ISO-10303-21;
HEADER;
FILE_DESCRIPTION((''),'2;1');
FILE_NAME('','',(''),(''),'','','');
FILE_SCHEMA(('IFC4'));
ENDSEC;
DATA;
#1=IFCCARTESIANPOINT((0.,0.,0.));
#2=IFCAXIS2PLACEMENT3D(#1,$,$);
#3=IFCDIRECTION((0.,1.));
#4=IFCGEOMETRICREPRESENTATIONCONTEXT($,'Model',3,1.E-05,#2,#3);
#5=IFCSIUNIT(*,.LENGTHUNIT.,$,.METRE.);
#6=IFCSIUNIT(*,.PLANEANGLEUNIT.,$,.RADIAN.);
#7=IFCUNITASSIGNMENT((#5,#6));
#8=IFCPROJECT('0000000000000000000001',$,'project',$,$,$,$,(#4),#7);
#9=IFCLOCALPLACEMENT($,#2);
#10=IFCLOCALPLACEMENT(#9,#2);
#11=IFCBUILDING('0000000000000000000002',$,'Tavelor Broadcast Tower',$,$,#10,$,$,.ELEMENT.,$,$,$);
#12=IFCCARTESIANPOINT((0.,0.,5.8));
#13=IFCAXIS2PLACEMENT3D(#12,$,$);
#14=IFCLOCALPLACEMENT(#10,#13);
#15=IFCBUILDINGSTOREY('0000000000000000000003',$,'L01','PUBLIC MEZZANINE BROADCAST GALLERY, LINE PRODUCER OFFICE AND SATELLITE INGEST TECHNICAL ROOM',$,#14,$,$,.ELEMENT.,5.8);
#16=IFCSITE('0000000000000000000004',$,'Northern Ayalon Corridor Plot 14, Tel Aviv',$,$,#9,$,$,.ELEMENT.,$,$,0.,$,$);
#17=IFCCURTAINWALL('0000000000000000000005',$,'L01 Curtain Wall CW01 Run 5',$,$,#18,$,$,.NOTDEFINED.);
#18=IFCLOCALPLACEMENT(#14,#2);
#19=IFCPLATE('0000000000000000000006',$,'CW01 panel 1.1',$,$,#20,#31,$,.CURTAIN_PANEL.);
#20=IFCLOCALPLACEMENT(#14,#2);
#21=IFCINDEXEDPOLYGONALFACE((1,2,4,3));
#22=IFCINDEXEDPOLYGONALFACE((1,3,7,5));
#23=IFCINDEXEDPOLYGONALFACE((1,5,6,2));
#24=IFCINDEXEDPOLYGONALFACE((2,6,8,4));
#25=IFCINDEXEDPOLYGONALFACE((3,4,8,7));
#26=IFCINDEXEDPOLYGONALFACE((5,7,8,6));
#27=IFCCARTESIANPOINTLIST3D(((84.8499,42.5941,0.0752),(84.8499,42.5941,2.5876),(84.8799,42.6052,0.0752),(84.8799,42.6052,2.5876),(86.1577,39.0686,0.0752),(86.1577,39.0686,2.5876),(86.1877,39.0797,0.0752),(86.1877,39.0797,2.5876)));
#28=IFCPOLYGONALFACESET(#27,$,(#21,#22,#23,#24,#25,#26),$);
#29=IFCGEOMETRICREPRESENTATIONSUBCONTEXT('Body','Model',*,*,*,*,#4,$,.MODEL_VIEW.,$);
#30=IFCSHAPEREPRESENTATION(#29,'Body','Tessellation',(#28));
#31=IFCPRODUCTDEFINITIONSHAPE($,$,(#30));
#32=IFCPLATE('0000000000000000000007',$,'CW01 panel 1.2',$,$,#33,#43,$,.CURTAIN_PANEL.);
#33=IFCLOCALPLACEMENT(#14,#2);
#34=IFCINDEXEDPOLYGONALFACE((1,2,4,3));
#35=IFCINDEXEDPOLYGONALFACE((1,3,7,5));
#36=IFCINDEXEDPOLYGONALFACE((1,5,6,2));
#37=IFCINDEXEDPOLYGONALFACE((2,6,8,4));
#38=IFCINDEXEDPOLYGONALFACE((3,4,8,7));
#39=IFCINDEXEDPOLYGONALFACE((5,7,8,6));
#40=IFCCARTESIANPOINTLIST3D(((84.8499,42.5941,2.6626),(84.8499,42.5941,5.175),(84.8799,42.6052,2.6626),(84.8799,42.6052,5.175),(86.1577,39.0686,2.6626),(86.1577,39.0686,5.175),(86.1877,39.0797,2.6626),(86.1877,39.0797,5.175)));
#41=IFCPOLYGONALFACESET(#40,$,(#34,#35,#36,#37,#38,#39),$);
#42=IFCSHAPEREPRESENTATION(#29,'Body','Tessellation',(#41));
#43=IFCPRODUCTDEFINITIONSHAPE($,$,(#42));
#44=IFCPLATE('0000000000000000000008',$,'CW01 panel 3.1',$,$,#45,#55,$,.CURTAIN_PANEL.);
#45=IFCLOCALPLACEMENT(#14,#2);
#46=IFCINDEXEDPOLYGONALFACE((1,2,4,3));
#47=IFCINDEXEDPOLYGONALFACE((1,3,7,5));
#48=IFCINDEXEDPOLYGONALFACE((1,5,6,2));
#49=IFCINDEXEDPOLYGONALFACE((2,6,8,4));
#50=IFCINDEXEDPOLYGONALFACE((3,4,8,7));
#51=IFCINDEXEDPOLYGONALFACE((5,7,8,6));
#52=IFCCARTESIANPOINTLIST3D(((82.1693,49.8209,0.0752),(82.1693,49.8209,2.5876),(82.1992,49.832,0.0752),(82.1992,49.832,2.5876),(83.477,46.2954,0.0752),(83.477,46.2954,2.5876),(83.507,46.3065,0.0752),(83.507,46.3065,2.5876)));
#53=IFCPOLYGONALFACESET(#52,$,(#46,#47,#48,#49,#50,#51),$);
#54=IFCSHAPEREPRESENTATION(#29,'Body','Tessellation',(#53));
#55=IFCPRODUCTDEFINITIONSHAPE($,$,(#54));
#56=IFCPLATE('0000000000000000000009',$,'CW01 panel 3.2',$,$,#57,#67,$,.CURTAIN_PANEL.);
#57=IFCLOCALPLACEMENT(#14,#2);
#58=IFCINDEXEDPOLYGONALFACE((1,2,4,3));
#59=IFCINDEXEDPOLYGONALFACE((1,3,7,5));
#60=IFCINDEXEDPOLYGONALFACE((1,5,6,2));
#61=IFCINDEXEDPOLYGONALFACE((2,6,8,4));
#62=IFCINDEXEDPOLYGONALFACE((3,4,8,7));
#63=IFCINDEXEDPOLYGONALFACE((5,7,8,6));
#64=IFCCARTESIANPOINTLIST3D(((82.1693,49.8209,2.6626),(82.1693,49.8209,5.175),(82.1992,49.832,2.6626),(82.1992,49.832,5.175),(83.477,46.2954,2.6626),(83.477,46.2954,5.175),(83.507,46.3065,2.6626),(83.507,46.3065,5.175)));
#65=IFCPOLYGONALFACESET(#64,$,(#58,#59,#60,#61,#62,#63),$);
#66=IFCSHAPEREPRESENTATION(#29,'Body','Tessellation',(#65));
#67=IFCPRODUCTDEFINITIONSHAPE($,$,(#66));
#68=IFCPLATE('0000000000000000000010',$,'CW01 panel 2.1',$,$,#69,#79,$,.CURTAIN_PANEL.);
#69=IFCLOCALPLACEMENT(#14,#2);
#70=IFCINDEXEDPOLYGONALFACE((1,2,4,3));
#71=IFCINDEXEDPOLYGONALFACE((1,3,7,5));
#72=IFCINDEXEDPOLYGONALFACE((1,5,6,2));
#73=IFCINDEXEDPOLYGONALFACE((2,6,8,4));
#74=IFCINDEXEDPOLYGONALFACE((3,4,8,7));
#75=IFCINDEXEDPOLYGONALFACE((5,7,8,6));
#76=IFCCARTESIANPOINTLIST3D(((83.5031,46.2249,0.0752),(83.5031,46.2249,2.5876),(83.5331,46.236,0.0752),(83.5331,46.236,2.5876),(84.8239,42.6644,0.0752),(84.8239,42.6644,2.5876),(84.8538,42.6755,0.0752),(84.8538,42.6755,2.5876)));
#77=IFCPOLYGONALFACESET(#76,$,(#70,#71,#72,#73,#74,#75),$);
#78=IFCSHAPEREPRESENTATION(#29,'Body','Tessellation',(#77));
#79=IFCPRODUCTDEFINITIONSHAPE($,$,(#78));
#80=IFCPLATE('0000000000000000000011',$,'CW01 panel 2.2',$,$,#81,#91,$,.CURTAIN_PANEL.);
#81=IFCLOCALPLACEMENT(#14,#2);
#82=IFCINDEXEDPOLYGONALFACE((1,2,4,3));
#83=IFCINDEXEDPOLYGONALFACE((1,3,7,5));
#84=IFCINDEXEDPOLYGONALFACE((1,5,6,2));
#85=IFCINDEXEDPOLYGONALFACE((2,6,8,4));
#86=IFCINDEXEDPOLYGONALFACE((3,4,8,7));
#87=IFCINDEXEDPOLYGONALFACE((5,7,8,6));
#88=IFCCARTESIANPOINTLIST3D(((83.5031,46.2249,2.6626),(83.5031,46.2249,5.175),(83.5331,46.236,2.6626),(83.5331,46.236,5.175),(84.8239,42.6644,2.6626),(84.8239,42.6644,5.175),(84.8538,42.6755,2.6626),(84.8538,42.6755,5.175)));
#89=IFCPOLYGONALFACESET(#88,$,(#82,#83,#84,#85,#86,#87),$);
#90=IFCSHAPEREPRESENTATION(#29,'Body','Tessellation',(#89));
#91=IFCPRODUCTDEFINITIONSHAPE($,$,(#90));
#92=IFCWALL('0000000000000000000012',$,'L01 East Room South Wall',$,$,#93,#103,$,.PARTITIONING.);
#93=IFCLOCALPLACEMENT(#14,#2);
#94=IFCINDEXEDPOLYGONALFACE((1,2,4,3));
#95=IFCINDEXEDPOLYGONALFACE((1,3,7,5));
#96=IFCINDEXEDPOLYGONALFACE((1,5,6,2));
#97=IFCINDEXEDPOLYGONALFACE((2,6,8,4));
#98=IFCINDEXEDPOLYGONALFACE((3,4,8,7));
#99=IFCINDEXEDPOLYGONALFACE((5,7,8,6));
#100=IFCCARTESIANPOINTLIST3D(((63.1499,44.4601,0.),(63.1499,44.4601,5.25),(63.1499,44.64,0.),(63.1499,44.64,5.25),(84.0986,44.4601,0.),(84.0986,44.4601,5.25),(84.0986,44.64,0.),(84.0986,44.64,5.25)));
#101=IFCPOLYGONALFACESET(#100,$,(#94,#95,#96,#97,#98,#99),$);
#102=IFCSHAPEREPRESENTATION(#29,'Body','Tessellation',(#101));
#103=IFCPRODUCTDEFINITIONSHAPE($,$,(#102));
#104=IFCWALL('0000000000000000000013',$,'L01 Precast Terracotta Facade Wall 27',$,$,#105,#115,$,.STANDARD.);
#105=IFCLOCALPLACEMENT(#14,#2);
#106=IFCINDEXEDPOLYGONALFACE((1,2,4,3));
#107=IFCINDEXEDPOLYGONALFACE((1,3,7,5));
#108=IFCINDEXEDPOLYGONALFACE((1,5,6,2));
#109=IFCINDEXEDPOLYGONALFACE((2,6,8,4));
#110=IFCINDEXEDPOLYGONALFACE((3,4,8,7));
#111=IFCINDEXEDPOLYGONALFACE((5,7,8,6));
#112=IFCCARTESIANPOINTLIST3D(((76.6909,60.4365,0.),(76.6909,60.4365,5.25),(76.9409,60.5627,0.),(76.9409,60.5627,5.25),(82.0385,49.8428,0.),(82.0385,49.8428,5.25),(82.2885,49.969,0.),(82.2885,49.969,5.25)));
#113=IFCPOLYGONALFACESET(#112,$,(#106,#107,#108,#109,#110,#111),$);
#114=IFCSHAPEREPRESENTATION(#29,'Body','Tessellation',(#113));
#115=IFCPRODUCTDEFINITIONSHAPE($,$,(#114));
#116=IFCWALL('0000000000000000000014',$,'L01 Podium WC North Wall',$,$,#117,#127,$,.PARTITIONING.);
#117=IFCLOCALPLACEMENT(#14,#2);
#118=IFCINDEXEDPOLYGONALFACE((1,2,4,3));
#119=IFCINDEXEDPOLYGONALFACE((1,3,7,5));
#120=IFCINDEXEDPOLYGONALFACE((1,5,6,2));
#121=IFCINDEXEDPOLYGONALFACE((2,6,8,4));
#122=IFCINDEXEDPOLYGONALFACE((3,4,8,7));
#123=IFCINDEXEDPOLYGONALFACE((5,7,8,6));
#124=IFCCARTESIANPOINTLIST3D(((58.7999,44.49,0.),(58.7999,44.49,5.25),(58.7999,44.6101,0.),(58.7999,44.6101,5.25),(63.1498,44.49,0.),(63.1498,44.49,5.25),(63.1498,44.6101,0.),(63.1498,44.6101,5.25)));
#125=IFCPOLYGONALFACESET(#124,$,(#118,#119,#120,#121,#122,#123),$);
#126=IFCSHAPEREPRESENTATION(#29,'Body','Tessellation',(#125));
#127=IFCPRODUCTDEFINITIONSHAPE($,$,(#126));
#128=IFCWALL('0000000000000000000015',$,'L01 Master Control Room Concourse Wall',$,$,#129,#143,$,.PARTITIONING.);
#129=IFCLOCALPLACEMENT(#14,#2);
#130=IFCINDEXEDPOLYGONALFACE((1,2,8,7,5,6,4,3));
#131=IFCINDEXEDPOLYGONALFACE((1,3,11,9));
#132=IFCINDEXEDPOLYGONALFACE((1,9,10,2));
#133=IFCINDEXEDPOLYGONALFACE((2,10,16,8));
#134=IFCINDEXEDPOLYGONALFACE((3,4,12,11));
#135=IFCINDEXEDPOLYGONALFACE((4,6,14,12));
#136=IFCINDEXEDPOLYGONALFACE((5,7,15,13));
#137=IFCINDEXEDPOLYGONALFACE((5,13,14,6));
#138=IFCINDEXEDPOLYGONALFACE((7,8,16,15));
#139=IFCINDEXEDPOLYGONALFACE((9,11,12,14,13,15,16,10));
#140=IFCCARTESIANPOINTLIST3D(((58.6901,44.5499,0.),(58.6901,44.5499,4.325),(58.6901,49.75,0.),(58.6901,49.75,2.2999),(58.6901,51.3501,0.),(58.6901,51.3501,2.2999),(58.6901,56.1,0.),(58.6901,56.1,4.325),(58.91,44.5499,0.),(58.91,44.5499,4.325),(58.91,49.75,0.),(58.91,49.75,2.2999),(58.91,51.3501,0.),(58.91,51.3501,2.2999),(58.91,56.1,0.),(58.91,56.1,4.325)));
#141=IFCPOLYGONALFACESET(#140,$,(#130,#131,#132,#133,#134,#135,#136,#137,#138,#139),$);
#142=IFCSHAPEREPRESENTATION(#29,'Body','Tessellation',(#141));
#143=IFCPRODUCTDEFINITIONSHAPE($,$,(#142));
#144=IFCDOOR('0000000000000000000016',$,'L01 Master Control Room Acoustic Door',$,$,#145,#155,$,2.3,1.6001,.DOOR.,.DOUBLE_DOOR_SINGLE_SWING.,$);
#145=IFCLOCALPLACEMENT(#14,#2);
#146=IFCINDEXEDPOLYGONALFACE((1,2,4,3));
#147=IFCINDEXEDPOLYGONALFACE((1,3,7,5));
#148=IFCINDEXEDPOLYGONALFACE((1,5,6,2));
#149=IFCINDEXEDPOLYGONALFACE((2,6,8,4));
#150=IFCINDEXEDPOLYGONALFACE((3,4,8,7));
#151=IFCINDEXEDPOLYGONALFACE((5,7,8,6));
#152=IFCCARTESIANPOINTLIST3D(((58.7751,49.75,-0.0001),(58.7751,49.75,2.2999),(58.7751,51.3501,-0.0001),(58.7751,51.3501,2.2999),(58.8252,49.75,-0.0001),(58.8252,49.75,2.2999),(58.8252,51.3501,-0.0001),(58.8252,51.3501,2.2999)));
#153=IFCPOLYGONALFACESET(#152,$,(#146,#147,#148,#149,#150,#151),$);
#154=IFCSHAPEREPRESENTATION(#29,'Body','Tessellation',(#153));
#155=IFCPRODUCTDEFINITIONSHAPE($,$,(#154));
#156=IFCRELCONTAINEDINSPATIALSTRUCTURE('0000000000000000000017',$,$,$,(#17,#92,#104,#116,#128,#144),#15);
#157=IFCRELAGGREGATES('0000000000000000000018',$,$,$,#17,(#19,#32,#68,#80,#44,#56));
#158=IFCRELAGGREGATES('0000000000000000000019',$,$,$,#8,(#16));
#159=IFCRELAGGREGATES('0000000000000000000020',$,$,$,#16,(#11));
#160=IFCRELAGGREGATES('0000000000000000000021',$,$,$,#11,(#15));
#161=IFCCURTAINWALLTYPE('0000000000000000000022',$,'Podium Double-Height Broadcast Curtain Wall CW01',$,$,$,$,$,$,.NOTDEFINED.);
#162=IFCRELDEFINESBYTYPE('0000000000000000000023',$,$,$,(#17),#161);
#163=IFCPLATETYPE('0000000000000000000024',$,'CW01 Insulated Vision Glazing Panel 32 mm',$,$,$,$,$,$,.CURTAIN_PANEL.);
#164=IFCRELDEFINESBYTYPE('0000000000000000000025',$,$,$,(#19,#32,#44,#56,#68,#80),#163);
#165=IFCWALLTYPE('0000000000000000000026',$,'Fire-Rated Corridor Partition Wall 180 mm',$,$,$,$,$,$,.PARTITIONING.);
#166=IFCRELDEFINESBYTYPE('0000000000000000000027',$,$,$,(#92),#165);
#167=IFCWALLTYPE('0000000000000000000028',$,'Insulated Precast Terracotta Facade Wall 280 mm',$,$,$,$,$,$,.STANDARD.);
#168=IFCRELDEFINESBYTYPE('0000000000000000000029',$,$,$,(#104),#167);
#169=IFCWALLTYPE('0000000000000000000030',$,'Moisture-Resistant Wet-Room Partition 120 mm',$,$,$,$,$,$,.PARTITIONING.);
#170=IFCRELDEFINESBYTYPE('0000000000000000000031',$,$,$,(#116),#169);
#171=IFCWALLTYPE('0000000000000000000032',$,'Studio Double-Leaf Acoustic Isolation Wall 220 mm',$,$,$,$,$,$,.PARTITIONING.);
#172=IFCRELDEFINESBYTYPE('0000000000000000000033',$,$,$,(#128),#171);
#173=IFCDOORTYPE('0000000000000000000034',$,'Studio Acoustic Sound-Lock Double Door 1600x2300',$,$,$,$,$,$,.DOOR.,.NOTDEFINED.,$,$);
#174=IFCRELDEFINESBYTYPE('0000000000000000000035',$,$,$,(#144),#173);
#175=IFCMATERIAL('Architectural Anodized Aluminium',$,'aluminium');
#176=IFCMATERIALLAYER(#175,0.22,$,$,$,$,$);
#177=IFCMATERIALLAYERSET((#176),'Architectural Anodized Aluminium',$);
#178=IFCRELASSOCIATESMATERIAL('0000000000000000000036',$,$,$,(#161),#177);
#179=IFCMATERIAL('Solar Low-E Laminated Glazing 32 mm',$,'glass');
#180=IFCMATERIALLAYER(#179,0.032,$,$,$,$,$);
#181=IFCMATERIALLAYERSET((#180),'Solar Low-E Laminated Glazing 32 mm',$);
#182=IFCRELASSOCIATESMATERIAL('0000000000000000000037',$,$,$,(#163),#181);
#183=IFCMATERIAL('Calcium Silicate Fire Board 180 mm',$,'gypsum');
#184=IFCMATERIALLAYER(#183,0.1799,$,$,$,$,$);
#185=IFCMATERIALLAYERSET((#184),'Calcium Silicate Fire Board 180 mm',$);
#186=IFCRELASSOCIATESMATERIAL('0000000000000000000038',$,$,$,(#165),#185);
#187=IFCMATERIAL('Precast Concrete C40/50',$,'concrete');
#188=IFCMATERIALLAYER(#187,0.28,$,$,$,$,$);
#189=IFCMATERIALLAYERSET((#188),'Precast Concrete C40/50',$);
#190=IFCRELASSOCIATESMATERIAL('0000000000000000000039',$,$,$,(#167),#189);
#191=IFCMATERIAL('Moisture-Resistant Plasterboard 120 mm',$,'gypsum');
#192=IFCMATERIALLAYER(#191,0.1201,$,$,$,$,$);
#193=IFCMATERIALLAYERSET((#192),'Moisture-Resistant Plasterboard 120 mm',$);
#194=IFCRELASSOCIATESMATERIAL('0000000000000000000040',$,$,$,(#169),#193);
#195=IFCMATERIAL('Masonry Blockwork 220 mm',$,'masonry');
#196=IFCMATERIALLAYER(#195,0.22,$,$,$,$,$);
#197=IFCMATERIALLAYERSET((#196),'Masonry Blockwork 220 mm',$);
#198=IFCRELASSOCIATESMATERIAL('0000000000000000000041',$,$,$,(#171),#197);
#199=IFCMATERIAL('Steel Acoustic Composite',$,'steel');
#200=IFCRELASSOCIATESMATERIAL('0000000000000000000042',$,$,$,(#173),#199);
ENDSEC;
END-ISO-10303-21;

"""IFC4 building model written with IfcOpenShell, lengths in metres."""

from ifc_helpers import new_model, si_unit, direction, frame, frame_2d, origin, origin_2d, place, context, subcontext, project, spatial, rectangle, extrude, source, transform, mapped, material, layer, layer_set, type_object, type_shapes, element, fill, aggregate, save


model = new_model("IFC4")

# Units and contexts
model_context = context("Model", 3, precision=1e-05, world=origin(), true_north=direction((0.0, 1.0)))
body_context = subcontext(model_context, "Body", "Model", "MODEL_VIEW")
ifc_project = project(units=[si_unit("LENGTHUNIT", "METRE"), si_unit("PLANEANGLEUNIT", "RADIAN")], contexts=[model_context])

# Site, building, storey
site_placement = place(None, origin())
site = spatial("IfcSite", under=ifc_project, at=site_placement, Name="Northern Ayalon Corridor Plot 14, Tel Aviv", CompositionType="ELEMENT", RefElevation=0.0)
building_placement = place(site_placement, origin())
building = spatial("IfcBuilding", under=site, at=building_placement, Name="Tavelor Broadcast Tower", CompositionType="ELEMENT")
storey_placement = place(building_placement, frame((0.0, 0.0, 5.8)))
storey = spatial("IfcBuildingStorey", under=building, at=storey_placement, Name="L01", Description="PUBLIC MEZZANINE BROADCAST GALLERY, LINE PRODUCER OFFICE AND SATELLITE INGEST TECHNICAL ROOM", CompositionType="ELEMENT", Elevation=5.8)

# Curtain wall
ifc_material_1 = material(Name="Architectural Anodized Aluminium", Category="aluminium")
ifc_layer_1 = layer(ifc_material_1, 0.22)
ifc_layer_set_1 = layer_set([ifc_layer_1], Name="Architectural Anodized Aluminium")
curtain_wall_type = type_object("IfcCurtainWallType", Name="Podium Double-Height Broadcast Curtain Wall CW01", PredefinedType="NOTDEFINED", material=ifc_layer_set_1)
curtain_wall_placement = place(storey_placement, origin())
curtain_wall = element("IfcCurtainWall", 1, at=curtain_wall_placement, inside=storey, type_object=curtain_wall_type, Name="L01 Curtain Wall CW01 Run 5", PredefinedType="NOTDEFINED")

# Plates
ifc_material_2 = material(Name="Solar Low-E Laminated Glazing 32 mm", Category="glass")
ifc_layer_2 = layer(ifc_material_2, 0.032)
ifc_layer_set_2 = layer_set([ifc_layer_2], Name="Solar Low-E Laminated Glazing 32 mm")
plate_type_1 = type_object("IfcPlateType", Name="CW01 Insulated Vision Glazing Panel 32 mm", PredefinedType="CURTAIN_PANEL", material=ifc_layer_set_2)
shared_shape_1 = source(origin(), body_context, "Body", "SweptSolid", [
    extrude(rectangle(XDim=3.7603, YDim=0.032, at=origin_2d()), origin(), (0.0, 0.0, 1.0), 2.5125),
])
plate_1_placement = place(storey_placement, frame((85.5188, 40.8369, 0.0752), z_axis=(0.0, 0.0, 1.0), x_axis=(-0.347786, 0.937574, 0.0)))
plate_1 = element("IfcPlate", 2, at=plate_1_placement, type_object=plate_type_1, Name="CW01 panel 1.1", PredefinedType="CURTAIN_PANEL", context=body_context, shape_type="MappedRepresentation", body=[
    mapped(shared_shape_1, transform((0.0, 0.0, 0.0), scale=1.0)),
])
plate_2_placement = place(storey_placement, frame((85.5188, 40.8369, 2.6626), z_axis=(0.0, 0.0, 1.0), x_axis=(-0.347786, 0.937574, 0.0)))
plate_2 = element("IfcPlate", 3, at=plate_2_placement, type_object=plate_type_1, Name="CW01 panel 1.2", PredefinedType="CURTAIN_PANEL", context=body_context, shape_type="MappedRepresentation", body=[
    mapped(shared_shape_1, transform((0.0, 0.0, 0.0), scale=1.0)),
])
plate_3_placement = place(storey_placement, frame((82.8381, 48.0637, 0.0752), z_axis=(0.0, 0.0, 1.0), x_axis=(-0.347786, 0.937574, 0.0)))
plate_3 = element("IfcPlate", 4, at=plate_3_placement, type_object=plate_type_1, Name="CW01 panel 3.1", PredefinedType="CURTAIN_PANEL", context=body_context, shape_type="MappedRepresentation", body=[
    mapped(shared_shape_1, transform((0.0, 0.0, 0.0), scale=1.0)),
])
plate_4_placement = place(storey_placement, frame((82.8381, 48.0637, 2.6626), z_axis=(0.0, 0.0, 1.0), x_axis=(-0.347786, 0.937574, 0.0)))
plate_4 = element("IfcPlate", 5, at=plate_4_placement, type_object=plate_type_1, Name="CW01 panel 3.2", PredefinedType="CURTAIN_PANEL", context=body_context, shape_type="MappedRepresentation", body=[
    mapped(shared_shape_1, transform((0.0, 0.0, 0.0), scale=1.0)),
])
shared_shape_2 = source(origin(), body_context, "Body", "SweptSolid", [
    extrude(rectangle(XDim=3.7976, YDim=0.032, at=origin_2d()), origin(), (0.0, 0.0, 1.0), 2.5125),
])
type_shapes(plate_type_1, [shared_shape_1, shared_shape_2])
plate_5_placement = place(storey_placement, frame((84.1785, 44.4502, 0.0752), z_axis=(0.0, 0.0, 1.0), x_axis=(-0.347786, 0.937574, 0.0)))
plate_5 = element("IfcPlate", 6, at=plate_5_placement, type_object=plate_type_1, Name="CW01 panel 2.1", PredefinedType="CURTAIN_PANEL", context=body_context, shape_type="MappedRepresentation", body=[
    mapped(shared_shape_2, transform((0.0, 0.0, 0.0), scale=1.0)),
])
plate_6_placement = place(storey_placement, frame((84.1785, 44.4502, 2.6626), z_axis=(0.0, 0.0, 1.0), x_axis=(-0.347786, 0.937574, 0.0)))
plate_6 = element("IfcPlate", 7, at=plate_6_placement, type_object=plate_type_1, Name="CW01 panel 2.2", PredefinedType="CURTAIN_PANEL", context=body_context, shape_type="MappedRepresentation", body=[
    mapped(shared_shape_2, transform((0.0, 0.0, 0.0), scale=1.0)),
])
aggregate(curtain_wall, [plate_1, plate_2, plate_5, plate_6, plate_3, plate_4])

# Walls
ifc_material_3 = material(Name="Calcium Silicate Fire Board 180 mm", Category="gypsum")
ifc_layer_3 = layer(ifc_material_3, 0.1799)
ifc_layer_set_3 = layer_set([ifc_layer_3], Name="Calcium Silicate Fire Board 180 mm")
wall_type_1 = type_object("IfcWallType", Name="Fire-Rated Corridor Partition Wall 180 mm", PredefinedType="PARTITIONING", material=ifc_layer_set_3)
wall_1_placement = place(storey_placement, frame((63.1499, 44.55, 0.0), z_axis=(0.0, 0.0, 1.0), x_axis=(1.0, 0.0, 0.0)))
element("IfcWall", 8, at=wall_1_placement, inside=storey, type_object=wall_type_1, Name="L01 East Room South Wall", PredefinedType="PARTITIONING", context=body_context, shape_type="SweptSolid", body=[
    extrude(rectangle(XDim=20.9487, YDim=0.1799, at=frame_2d((10.4744, 0.0))), origin(), (0.0, 0.0, 1.0), 5.25),
])
ifc_material_4 = material(Name="Precast Concrete C40/50", Category="concrete")
ifc_layer_4 = layer(ifc_material_4, 0.28)
ifc_layer_set_4 = layer_set([ifc_layer_4], Name="Precast Concrete C40/50")
wall_type_2 = type_object("IfcWallType", Name="Insulated Precast Terracotta Facade Wall 280 mm", PredefinedType="STANDARD", material=ifc_layer_set_4)
wall_2_placement = place(storey_placement, frame((82.1636, 49.9058, 0.0), z_axis=(0.0, 0.0, 1.0), x_axis=(-0.450634, 0.892709, 0.0)))
element("IfcWall", 9, at=wall_2_placement, inside=storey, type_object=wall_type_2, Name="L01 Precast Terracotta Facade Wall 27", PredefinedType="STANDARD", context=body_context, shape_type="SweptSolid", body=[
    extrude(rectangle(XDim=11.8669, YDim=0.28, at=frame_2d((5.9336, 0.0))), origin(), (0.0, 0.0, 1.0), 5.25),
])
ifc_material_5 = material(Name="Moisture-Resistant Plasterboard 120 mm", Category="gypsum")
ifc_layer_5 = layer(ifc_material_5, 0.1201)
ifc_layer_set_5 = layer_set([ifc_layer_5], Name="Moisture-Resistant Plasterboard 120 mm")
wall_type_3 = type_object("IfcWallType", Name="Moisture-Resistant Wet-Room Partition 120 mm", PredefinedType="PARTITIONING", material=ifc_layer_set_5)
wall_3_placement = place(storey_placement, frame((58.8, 44.55, 0.0), z_axis=(0.0, 0.0, 1.0), x_axis=(1.0, 0.0, 0.0)))
element("IfcWall", 10, at=wall_3_placement, inside=storey, type_object=wall_type_3, Name="L01 Podium WC North Wall", PredefinedType="PARTITIONING", context=body_context, shape_type="SweptSolid", body=[
    extrude(rectangle(XDim=4.3499, YDim=0.1201, at=frame_2d((2.1748, 0.0))), origin(), (0.0, 0.0, 1.0), 5.25),
])

# Wall, opening, door
ifc_material_6 = material(Name="Masonry Blockwork 220 mm", Category="masonry")
ifc_layer_6 = layer(ifc_material_6, 0.22)
ifc_layer_set_6 = layer_set([ifc_layer_6], Name="Masonry Blockwork 220 mm")
wall_type_4 = type_object("IfcWallType", Name="Studio Double-Leaf Acoustic Isolation Wall 220 mm", PredefinedType="PARTITIONING", material=ifc_layer_set_6)
wall_4_placement = place(storey_placement, frame((58.8, 44.55, 0.0), z_axis=(0.0, 0.0, 1.0), x_axis=(0.0, 1.0, 0.0)))
wall_4 = element("IfcWall", 11, at=wall_4_placement, inside=storey, type_object=wall_type_4, Name="L01 Master Control Room Concourse Wall", PredefinedType="PARTITIONING", context=body_context, shape_type="SweptSolid", body=[
    extrude(rectangle(XDim=11.55, YDim=0.22, at=frame_2d((5.7749, 0.0))), origin(), (0.0, 0.0, 1.0), 4.325),
])
opening_placement = place(wall_4_placement, frame((5.2, 0.0, 0.0)))
opening = element("IfcOpeningElement", 12, at=opening_placement, cuts=wall_4, PredefinedType="OPENING", context=body_context, shape_type="SweptSolid", body=[
    extrude(rectangle(XDim=1.6001, YDim=2.3, at=frame_2d((0.8, 1.1499))), frame((0.0, 0.1201, 0.0), z_axis=(0.0, -1.0, 0.0), x_axis=(1.0, 0.0, 0.0)), (0.0, 0.0, 1.0), 0.24),
])
ifc_material_7 = material(Name="Steel Acoustic Composite", Category="steel")
door_type = type_object("IfcDoorType", Name="Studio Acoustic Sound-Lock Double Door 1600x2300", OperationType="NOTDEFINED", PredefinedType="DOOR", material=ifc_material_7)
door_placement = place(opening_placement, origin())
door = element("IfcDoor", 13, at=door_placement, inside=storey, type_object=door_type, Name="L01 Master Control Room Acoustic Door", OperationType="DOUBLE_DOOR_SINGLE_SWING", OverallHeight=2.3, OverallWidth=1.6001, PredefinedType="DOOR", context=body_context, shape_type="SweptSolid", body=[
    extrude(rectangle(XDim=1.6001, YDim=2.3, at=frame_2d((0.8, 1.1499))), frame((0.0, 0.0249, 0.0), z_axis=(0.0, -1.0, 0.0), x_axis=(1.0, 0.0, 0.0)), (0.0, 0.0, 1.0), 0.05),
])
fill(opening, door)

save(model, "model.ifc")
